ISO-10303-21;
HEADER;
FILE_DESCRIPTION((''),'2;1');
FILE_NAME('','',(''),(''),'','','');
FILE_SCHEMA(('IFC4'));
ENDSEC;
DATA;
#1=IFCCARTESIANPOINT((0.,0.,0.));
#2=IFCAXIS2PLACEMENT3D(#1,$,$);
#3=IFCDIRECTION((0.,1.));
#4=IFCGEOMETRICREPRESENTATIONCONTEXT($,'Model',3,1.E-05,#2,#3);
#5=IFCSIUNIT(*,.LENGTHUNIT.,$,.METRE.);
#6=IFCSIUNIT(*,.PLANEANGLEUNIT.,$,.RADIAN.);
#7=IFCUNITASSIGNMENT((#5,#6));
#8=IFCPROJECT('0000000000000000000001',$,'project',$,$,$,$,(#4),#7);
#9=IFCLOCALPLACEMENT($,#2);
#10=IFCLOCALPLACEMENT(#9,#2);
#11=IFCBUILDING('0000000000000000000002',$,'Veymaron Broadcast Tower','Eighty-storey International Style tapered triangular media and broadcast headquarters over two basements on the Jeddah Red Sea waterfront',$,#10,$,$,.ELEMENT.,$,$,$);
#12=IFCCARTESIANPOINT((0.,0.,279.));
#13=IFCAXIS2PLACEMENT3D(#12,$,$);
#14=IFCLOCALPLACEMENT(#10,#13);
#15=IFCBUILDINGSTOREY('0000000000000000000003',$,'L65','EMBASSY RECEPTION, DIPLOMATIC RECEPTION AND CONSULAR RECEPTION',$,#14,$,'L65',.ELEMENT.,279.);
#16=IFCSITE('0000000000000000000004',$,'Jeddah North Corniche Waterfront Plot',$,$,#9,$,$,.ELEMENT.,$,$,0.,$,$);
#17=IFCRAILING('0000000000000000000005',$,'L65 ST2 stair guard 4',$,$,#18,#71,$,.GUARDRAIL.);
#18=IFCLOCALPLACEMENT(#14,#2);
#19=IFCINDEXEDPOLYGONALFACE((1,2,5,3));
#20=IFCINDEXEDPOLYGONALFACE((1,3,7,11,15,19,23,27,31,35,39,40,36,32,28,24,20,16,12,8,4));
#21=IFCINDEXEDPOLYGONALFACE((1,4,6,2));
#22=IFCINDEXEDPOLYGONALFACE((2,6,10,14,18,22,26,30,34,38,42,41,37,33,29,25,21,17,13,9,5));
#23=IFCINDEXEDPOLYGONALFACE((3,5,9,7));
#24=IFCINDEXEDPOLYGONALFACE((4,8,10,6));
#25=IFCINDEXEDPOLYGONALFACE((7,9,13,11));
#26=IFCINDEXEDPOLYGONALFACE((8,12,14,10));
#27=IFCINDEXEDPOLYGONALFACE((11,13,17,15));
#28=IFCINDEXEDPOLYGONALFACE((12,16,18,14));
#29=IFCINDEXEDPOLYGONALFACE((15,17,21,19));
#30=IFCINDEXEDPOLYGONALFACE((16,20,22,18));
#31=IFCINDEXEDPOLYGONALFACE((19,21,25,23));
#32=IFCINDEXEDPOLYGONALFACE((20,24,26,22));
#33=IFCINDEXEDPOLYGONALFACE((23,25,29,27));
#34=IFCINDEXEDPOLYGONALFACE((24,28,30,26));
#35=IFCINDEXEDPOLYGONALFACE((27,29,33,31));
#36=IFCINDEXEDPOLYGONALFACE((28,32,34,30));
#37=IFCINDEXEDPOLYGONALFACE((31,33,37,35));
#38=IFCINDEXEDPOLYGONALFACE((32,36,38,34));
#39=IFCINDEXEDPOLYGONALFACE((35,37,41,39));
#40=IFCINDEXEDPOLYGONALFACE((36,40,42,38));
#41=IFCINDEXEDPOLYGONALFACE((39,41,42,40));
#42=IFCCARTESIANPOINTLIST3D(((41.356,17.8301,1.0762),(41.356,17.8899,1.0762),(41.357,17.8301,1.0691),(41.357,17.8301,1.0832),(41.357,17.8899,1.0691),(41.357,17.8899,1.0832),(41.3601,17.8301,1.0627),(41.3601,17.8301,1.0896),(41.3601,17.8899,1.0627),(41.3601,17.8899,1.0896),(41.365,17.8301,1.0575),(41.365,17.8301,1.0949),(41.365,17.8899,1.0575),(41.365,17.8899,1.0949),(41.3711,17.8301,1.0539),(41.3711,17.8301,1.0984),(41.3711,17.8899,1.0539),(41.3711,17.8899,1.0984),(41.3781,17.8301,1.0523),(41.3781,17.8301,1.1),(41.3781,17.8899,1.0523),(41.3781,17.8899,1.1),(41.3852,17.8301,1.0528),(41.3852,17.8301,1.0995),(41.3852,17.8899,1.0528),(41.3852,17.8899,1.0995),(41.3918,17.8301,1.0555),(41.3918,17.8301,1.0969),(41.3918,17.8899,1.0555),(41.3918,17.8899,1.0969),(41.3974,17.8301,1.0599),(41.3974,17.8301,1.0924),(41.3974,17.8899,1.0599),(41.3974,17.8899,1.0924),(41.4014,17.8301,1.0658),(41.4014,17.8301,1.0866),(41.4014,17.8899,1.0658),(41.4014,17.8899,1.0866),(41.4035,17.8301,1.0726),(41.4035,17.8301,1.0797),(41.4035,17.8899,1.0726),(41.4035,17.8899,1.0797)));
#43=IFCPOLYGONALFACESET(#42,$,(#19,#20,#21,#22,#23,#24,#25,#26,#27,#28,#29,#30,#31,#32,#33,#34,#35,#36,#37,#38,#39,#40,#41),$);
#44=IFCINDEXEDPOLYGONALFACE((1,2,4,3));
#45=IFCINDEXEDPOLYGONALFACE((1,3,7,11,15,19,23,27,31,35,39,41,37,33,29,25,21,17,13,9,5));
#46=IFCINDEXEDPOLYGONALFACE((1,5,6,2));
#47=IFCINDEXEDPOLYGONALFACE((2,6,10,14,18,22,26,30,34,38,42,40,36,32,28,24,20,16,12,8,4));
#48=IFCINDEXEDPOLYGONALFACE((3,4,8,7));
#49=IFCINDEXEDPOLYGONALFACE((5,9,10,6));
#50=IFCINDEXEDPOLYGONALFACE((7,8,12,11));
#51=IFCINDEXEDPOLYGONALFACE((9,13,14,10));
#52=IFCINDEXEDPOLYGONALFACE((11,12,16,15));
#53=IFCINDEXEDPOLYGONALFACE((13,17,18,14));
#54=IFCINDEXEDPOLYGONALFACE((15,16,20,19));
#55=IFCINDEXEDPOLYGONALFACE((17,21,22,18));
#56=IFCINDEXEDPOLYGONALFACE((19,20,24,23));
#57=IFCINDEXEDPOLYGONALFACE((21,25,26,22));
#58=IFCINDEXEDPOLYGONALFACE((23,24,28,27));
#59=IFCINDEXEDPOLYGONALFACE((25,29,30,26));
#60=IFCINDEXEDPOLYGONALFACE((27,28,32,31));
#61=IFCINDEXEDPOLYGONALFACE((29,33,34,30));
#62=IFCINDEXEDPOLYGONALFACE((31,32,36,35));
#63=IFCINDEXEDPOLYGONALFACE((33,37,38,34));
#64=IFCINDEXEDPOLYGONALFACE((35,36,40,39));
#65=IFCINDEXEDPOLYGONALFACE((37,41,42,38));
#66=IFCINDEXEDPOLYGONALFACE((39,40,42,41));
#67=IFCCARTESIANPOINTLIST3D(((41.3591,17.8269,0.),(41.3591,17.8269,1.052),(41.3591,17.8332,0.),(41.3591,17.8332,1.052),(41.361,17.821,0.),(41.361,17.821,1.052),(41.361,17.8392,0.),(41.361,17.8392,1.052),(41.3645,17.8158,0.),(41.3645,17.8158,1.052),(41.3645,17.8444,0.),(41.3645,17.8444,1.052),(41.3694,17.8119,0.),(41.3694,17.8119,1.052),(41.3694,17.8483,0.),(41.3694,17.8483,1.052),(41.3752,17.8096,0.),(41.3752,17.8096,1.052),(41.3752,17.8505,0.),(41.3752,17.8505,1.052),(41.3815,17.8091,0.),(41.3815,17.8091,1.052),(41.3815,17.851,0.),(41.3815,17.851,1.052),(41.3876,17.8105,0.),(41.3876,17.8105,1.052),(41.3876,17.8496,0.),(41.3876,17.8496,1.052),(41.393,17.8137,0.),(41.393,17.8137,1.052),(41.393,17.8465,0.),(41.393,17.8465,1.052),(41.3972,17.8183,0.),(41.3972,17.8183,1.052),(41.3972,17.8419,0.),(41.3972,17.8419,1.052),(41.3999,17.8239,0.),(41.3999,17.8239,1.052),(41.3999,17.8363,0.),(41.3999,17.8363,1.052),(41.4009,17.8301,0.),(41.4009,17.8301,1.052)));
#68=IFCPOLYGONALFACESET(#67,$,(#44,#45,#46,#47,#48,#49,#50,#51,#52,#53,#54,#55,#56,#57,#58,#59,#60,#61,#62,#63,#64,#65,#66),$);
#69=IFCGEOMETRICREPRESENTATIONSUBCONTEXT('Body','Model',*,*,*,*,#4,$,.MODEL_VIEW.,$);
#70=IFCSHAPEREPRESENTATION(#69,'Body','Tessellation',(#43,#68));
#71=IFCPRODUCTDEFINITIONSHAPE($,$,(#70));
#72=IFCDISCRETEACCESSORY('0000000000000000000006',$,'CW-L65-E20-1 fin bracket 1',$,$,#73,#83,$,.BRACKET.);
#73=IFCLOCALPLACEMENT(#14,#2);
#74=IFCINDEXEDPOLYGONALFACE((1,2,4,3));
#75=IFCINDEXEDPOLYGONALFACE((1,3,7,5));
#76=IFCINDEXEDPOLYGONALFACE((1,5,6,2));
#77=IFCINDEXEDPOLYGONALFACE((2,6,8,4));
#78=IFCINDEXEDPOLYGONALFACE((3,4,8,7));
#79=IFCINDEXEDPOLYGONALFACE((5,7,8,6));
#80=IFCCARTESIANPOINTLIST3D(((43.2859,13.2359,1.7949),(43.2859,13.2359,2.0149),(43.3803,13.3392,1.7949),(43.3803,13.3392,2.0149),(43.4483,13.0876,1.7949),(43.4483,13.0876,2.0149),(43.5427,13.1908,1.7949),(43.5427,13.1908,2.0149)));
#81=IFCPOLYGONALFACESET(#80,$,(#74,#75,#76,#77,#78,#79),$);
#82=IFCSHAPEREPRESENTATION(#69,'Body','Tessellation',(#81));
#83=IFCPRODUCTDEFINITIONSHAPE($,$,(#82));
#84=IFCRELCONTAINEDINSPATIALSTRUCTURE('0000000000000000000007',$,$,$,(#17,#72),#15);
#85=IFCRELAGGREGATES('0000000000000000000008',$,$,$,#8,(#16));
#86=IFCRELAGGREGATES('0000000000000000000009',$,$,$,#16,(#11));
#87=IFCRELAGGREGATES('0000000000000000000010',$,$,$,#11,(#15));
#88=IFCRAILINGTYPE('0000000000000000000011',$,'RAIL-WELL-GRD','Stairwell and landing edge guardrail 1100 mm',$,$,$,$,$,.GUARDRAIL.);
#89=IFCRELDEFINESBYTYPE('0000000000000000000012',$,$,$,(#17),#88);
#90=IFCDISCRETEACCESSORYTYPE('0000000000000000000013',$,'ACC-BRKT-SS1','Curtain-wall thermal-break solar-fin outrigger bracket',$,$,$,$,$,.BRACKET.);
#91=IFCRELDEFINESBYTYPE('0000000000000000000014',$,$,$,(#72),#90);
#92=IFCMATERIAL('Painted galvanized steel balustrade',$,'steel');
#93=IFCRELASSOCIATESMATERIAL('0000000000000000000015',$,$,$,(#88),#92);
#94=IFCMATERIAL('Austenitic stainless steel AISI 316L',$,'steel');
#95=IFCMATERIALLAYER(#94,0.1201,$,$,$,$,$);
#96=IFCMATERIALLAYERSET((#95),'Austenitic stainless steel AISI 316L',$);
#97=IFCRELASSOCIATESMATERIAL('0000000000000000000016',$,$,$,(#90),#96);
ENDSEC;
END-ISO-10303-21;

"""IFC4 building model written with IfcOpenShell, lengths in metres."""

from ifc_helpers import new_model, si_unit, direction, frame, origin, origin_2d, place, context, subcontext, project, spatial, rectangle, circle, extrude, material, layer, layer_set, type_object, element, save


model = new_model("IFC4")

# Units and contexts
model_context = context("Model", 3, precision=1e-05, world=origin(), true_north=direction((0.0, 1.0)))
body_context = subcontext(model_context, "Body", "Model", "MODEL_VIEW")
ifc_project = project(units=[si_unit("LENGTHUNIT", "METRE"), si_unit("PLANEANGLEUNIT", "RADIAN")], contexts=[model_context])

# Site, building, storey
site_placement = place(None, origin())
site = spatial("IfcSite", under=ifc_project, at=site_placement, Name="Jeddah North Corniche Waterfront Plot", CompositionType="ELEMENT", RefElevation=0.0)
building_placement = place(site_placement, origin())
building = spatial("IfcBuilding", under=site, at=building_placement, Name="Veymaron Broadcast Tower", Description="Eighty-storey International Style tapered triangular media and broadcast headquarters over two basements on the Jeddah Red Sea waterfront", CompositionType="ELEMENT")
storey_placement = place(building_placement, frame((0.0, 0.0, 279.0)))
storey = spatial("IfcBuildingStorey", under=building, at=storey_placement, Name="L65", Description="EMBASSY RECEPTION, DIPLOMATIC RECEPTION AND CONSULAR RECEPTION", LongName="L65", CompositionType="ELEMENT", Elevation=279.0)

# Railing
ifc_material_1 = material(Name="Painted galvanized steel balustrade", Category="steel")
railing_type_1 = type_object("IfcRailingType", Name="RAIL-WELL-GRD", Description="Stairwell and landing edge guardrail 1100 mm", PredefinedType="GUARDRAIL", material=ifc_material_1)
railing_1_placement = place(storey_placement, frame((41.3799, 17.8301, 0.0)))
element("IfcRailing", 1, at=railing_1_placement, inside=storey, type_object=railing_type_1, Name="L65 ST2 stair guard 4", PredefinedType="GUARDRAIL", context=body_context, shape_type="SweptSolid", body=[
    extrude(circle(Radius=0.0239, at=origin_2d()), frame((0.0, 0.0, 1.0762), z_axis=(0.0, 1.0, 0.0), x_axis=(-1.0, 0.0, 0.0)), (0.0, 0.0, 1.0), 0.0598),
    extrude(circle(Radius=0.021, at=origin_2d()), origin(), (0.0, 0.0, 1.0), 1.052),
])

# Discrete accessory
ifc_material_2 = material(Name="Austenitic stainless steel AISI 316L", Category="steel")
ifc_layer_1 = layer(ifc_material_2, 0.1201)
ifc_layer_set_1 = layer_set([ifc_layer_1], Name="Austenitic stainless steel AISI 316L")
discrete_accessory_type = type_object("IfcDiscreteAccessoryType", Name="ACC-BRKT-SS1", Description="Curtain-wall thermal-break solar-fin outrigger bracket", PredefinedType="BRACKET", material=ifc_layer_set_1)
discrete_accessory_placement = place(storey_placement, frame((43.4143, 13.2134, 1.7949), z_axis=(0.0, 0.0, 1.0), x_axis=(0.738196, -0.674586, 0.0)))
element("IfcDiscreteAccessory", 2, at=discrete_accessory_placement, inside=storey, type_object=discrete_accessory_type, Name="CW-L65-E20-1 fin bracket 1", PredefinedType="BRACKET", context=body_context, shape_type="SweptSolid", body=[
    extrude(rectangle(XDim=0.22, YDim=0.1399, at=origin_2d()), origin(), (0.0, 0.0, 1.0), 0.22),
])

save(model, "model.ifc")
